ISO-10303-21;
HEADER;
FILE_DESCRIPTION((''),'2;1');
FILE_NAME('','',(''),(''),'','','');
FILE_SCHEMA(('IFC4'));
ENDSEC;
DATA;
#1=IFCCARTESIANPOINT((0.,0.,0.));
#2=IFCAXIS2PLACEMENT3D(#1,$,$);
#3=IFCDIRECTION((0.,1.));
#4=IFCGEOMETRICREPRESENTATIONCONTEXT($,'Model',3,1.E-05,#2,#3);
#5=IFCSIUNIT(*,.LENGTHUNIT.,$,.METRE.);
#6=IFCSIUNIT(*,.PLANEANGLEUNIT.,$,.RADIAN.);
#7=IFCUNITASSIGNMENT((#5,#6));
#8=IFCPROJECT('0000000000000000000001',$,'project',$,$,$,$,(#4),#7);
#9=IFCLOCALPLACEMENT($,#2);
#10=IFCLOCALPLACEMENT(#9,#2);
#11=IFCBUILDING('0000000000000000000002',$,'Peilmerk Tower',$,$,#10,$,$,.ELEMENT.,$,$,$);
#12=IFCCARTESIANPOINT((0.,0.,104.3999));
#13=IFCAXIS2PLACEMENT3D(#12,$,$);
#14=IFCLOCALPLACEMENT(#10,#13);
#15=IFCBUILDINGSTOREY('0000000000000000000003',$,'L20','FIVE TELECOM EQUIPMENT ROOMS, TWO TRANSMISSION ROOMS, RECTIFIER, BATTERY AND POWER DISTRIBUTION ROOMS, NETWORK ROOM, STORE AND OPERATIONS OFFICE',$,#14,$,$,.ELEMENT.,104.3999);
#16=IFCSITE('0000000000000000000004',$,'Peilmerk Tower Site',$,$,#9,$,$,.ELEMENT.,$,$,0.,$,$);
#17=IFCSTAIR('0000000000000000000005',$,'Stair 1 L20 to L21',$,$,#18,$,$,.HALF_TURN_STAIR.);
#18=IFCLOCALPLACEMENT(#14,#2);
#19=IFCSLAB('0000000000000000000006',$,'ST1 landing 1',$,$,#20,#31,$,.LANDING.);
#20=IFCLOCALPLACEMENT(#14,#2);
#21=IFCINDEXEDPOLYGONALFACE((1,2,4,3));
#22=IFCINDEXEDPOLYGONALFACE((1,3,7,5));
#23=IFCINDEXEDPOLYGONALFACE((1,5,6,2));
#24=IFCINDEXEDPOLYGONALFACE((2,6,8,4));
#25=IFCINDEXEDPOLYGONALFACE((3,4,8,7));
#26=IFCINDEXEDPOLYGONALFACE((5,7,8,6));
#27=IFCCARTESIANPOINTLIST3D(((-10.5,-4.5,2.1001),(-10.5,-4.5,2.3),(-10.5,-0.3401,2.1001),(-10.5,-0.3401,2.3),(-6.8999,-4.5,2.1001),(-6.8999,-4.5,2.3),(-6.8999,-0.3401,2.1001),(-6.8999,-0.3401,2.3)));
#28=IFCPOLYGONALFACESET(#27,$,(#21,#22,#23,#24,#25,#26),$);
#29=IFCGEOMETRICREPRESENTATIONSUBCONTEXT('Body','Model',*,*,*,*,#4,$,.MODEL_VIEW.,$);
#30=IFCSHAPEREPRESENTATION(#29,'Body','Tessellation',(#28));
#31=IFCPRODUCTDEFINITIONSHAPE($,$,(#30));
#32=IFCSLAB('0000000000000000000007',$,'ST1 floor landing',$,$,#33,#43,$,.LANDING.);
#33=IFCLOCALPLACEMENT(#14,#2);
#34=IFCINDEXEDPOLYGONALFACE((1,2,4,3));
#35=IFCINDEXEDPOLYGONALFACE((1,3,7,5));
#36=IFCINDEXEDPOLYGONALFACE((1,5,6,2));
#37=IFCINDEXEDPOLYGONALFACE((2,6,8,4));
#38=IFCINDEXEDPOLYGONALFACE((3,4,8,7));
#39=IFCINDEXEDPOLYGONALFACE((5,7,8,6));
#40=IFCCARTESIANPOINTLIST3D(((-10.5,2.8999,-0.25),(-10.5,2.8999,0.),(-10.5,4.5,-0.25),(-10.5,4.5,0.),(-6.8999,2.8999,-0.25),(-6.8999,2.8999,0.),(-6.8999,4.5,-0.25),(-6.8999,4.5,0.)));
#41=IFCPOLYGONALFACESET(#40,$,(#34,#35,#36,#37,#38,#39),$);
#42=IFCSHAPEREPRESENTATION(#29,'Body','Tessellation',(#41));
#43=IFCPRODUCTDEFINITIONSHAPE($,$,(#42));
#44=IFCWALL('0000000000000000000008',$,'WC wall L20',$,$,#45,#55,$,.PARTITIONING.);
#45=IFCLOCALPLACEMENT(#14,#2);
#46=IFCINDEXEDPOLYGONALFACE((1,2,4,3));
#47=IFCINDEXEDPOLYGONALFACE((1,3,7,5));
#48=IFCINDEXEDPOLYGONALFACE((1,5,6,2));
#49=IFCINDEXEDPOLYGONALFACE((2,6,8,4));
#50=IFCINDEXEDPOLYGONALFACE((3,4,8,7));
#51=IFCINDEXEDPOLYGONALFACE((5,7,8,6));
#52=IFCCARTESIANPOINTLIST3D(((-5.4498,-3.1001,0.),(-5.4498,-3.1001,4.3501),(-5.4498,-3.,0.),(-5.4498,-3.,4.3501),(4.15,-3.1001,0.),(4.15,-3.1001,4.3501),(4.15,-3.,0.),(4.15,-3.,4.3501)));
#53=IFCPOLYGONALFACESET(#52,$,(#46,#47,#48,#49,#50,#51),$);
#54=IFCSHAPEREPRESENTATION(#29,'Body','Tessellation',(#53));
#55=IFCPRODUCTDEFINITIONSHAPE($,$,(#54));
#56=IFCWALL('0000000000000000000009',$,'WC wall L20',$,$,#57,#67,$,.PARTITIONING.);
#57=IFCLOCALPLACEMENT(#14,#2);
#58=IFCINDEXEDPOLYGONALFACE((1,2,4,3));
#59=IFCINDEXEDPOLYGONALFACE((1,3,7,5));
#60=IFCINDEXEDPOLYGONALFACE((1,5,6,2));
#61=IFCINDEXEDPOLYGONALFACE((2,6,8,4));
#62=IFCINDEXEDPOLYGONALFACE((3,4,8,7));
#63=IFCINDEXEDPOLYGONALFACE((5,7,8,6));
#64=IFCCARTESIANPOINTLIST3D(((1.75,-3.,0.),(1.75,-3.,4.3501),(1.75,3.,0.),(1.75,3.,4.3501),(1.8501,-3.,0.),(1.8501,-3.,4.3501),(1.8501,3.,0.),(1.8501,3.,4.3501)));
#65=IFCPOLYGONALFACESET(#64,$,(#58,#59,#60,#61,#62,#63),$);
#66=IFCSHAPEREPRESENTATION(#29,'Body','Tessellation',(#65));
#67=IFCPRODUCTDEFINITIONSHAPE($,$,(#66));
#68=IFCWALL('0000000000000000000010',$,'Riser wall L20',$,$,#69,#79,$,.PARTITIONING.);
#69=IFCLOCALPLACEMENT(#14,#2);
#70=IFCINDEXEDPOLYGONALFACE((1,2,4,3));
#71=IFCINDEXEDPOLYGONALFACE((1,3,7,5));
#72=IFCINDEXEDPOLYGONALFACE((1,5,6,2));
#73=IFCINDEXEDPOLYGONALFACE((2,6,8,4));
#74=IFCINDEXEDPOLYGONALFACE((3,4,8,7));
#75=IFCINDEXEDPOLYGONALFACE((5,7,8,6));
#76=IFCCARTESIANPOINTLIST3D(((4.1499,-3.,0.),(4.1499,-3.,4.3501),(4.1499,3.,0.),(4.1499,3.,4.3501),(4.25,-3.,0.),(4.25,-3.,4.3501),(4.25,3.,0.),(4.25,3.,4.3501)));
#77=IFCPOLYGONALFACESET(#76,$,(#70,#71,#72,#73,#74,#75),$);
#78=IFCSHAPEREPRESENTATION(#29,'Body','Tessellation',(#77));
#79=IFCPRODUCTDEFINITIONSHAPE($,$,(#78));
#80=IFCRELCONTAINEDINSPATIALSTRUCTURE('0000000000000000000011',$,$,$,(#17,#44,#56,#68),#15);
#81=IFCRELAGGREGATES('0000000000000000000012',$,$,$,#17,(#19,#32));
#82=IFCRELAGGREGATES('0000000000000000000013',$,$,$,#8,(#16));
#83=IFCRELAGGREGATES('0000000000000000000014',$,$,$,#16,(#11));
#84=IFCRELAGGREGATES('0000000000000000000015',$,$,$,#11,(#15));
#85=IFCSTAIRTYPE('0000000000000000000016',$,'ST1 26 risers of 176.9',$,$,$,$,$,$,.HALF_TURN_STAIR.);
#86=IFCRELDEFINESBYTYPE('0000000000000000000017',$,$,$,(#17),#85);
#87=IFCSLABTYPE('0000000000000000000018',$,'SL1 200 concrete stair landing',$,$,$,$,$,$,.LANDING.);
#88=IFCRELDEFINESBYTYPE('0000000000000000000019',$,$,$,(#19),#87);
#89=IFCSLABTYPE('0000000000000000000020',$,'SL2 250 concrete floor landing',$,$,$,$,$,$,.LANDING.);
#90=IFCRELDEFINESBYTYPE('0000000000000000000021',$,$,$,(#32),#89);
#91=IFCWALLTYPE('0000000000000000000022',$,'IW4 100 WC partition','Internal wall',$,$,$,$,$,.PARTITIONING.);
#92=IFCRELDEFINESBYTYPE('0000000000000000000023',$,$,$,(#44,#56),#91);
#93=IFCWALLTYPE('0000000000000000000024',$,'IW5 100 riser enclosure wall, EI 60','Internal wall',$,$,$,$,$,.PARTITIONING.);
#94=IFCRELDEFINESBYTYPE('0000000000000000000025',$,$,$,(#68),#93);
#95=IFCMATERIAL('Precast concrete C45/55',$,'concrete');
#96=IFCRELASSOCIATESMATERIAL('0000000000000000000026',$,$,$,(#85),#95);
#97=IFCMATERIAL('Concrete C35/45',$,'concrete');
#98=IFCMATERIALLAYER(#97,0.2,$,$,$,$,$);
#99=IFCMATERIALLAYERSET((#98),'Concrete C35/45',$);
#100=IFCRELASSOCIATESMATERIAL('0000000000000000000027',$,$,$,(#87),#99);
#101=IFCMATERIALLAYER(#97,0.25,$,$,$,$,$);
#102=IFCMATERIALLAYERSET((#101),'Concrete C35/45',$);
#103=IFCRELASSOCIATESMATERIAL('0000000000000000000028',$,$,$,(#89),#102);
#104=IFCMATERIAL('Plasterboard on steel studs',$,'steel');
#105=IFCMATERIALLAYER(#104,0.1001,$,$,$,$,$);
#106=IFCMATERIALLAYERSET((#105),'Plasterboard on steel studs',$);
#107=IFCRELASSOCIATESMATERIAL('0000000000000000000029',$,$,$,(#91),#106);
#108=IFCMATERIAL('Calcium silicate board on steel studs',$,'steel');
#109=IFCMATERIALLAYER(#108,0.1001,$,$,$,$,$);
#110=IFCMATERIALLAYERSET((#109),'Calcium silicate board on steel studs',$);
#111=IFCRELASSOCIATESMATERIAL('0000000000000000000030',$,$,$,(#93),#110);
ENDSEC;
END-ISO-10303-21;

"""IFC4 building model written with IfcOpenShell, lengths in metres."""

from ifc_helpers import new_model, si_unit, direction, frame, frame_2d, origin, place, context, subcontext, project, spatial, polyline, rectangle, outline, extrude, material, layer, layer_set, type_object, element, aggregate, save


model = new_model("IFC4")

# Units and contexts
model_context = context("Model", 3, precision=1e-05, world=origin(), true_north=direction((0.0, 1.0)))
body_context = subcontext(model_context, "Body", "Model", "MODEL_VIEW")
ifc_project = project(units=[si_unit("LENGTHUNIT", "METRE"), si_unit("PLANEANGLEUNIT", "RADIAN")], contexts=[model_context])

# Site, building, storey
site_placement = place(None, origin())
site = spatial("IfcSite", under=ifc_project, at=site_placement, Name="Peilmerk Tower Site", CompositionType="ELEMENT", RefElevation=0.0)
building_placement = place(site_placement, origin())
building = spatial("IfcBuilding", under=site, at=building_placement, Name="Peilmerk Tower", CompositionType="ELEMENT")
storey_placement = place(building_placement, frame((0.0, 0.0, 104.3999)))
storey = spatial("IfcBuildingStorey", under=building, at=storey_placement, Name="L20", Description="FIVE TELECOM EQUIPMENT ROOMS, TWO TRANSMISSION ROOMS, RECTIFIER, BATTERY AND POWER DISTRIBUTION ROOMS, NETWORK ROOM, STORE AND OPERATIONS OFFICE", CompositionType="ELEMENT", Elevation=104.3999)

# Stair, slabs
ifc_material_1 = material(Name="Precast concrete C45/55", Category="concrete")
stair_type = type_object("IfcStairType", Name="ST1 26 risers of 176.9", PredefinedType="HALF_TURN_STAIR", material=ifc_material_1)
stair_placement = place(storey_placement, origin())
stair = element("IfcStair", 1, at=stair_placement, inside=storey, type_object=stair_type, Name="Stair 1 L20 to L21", PredefinedType="HALF_TURN_STAIR")
ifc_material_2 = material(Name="Concrete C35/45", Category="concrete")
ifc_layer_1 = layer(ifc_material_2, 0.2)
ifc_layer_set_1 = layer_set([ifc_layer_1], Name="Concrete C35/45")
slab_type_1 = type_object("IfcSlabType", Name="SL1 200 concrete stair landing", PredefinedType="LANDING", material=ifc_layer_set_1)
slab_1_placement = place(storey_placement, frame((0.0, 0.0, 2.1001)))
slab_1 = element("IfcSlab", 2, at=slab_1_placement, type_object=slab_type_1, Name="ST1 landing 1", PredefinedType="LANDING", context=body_context, shape_type="SweptSolid", body=[
    extrude(outline(polyline([(-10.5, -4.5), (-6.8999, -4.5), (-6.8999, -0.3401), (-10.5, -0.3401), (-10.5, -4.5)])), origin(), (0.0, 0.0, 1.0), 0.2),
])
ifc_layer_2 = layer(ifc_material_2, 0.25)
ifc_layer_set_2 = layer_set([ifc_layer_2], Name="Concrete C35/45")
slab_type_2 = type_object("IfcSlabType", Name="SL2 250 concrete floor landing", PredefinedType="LANDING", material=ifc_layer_set_2)
slab_2_placement = place(storey_placement, frame((0.0, 0.0, -0.25)))
slab_2 = element("IfcSlab", 3, at=slab_2_placement, type_object=slab_type_2, Name="ST1 floor landing", PredefinedType="LANDING", context=body_context, shape_type="SweptSolid", body=[
    extrude(outline(polyline([(-10.5, 2.8999), (-6.8999, 2.8999), (-6.8999, 4.5), (-10.5, 4.5), (-10.5, 2.8999)])), origin(), (0.0, 0.0, 1.0), 0.25),
])
aggregate(stair, [slab_1, slab_2])

# Walls
ifc_material_3 = material(Name="Plasterboard on steel studs", Category="steel")
ifc_layer_3 = layer(ifc_material_3, 0.1001)
ifc_layer_set_3 = layer_set([ifc_layer_3], Name="Plasterboard on steel studs")
wall_type_1 = type_object("IfcWallType", Name="IW4 100 WC partition", Description="Internal wall", PredefinedType="PARTITIONING", material=ifc_layer_set_3)
wall_1_placement = place(storey_placement, frame((4.1499, -3.05, 0.0), z_axis=(0.0, 0.0, 1.0), x_axis=(-1.0, 0.0, 0.0)))
element("IfcWall", 4, at=wall_1_placement, inside=storey, type_object=wall_type_1, Name="WC wall L20", PredefinedType="PARTITIONING", context=body_context, shape_type="SweptSolid", body=[
    extrude(rectangle(XDim=9.5999, YDim=0.1001, at=frame_2d((4.7998, 0.0))), origin(), (0.0, 0.0, 1.0), 4.3501),
])
wall_2_placement = place(storey_placement, frame((1.8, -3.0, 0.0), z_axis=(0.0, 0.0, 1.0), x_axis=(0.0, 1.0, 0.0)))
element("IfcWall", 5, at=wall_2_placement, inside=storey, type_object=wall_type_1, Name="WC wall L20", PredefinedType="PARTITIONING", context=body_context, shape_type="SweptSolid", body=[
    extrude(rectangle(XDim=6.0, YDim=0.1001, at=frame_2d((3.0, 0.0))), origin(), (0.0, 0.0, 1.0), 4.3501),
])
ifc_material_4 = material(Name="Calcium silicate board on steel studs", Category="steel")
ifc_layer_4 = layer(ifc_material_4, 0.1001)
ifc_layer_set_4 = layer_set([ifc_layer_4], Name="Calcium silicate board on steel studs")
wall_type_2 = type_object("IfcWallType", Name="IW5 100 riser enclosure wall, EI 60", Description="Internal wall", PredefinedType="PARTITIONING", material=ifc_layer_set_4)
wall_3_placement = place(storey_placement, frame((4.2, -3.0, 0.0), z_axis=(0.0, 0.0, 1.0), x_axis=(0.0, 1.0, 0.0)))
element("IfcWall", 6, at=wall_3_placement, inside=storey, type_object=wall_type_2, Name="Riser wall L20", PredefinedType="PARTITIONING", context=body_context, shape_type="SweptSolid", body=[
    extrude(rectangle(XDim=6.0, YDim=0.1001, at=frame_2d((3.0, 0.0))), origin(), (0.0, 0.0, 1.0), 4.3501),
])

save(model, "model.ifc")
